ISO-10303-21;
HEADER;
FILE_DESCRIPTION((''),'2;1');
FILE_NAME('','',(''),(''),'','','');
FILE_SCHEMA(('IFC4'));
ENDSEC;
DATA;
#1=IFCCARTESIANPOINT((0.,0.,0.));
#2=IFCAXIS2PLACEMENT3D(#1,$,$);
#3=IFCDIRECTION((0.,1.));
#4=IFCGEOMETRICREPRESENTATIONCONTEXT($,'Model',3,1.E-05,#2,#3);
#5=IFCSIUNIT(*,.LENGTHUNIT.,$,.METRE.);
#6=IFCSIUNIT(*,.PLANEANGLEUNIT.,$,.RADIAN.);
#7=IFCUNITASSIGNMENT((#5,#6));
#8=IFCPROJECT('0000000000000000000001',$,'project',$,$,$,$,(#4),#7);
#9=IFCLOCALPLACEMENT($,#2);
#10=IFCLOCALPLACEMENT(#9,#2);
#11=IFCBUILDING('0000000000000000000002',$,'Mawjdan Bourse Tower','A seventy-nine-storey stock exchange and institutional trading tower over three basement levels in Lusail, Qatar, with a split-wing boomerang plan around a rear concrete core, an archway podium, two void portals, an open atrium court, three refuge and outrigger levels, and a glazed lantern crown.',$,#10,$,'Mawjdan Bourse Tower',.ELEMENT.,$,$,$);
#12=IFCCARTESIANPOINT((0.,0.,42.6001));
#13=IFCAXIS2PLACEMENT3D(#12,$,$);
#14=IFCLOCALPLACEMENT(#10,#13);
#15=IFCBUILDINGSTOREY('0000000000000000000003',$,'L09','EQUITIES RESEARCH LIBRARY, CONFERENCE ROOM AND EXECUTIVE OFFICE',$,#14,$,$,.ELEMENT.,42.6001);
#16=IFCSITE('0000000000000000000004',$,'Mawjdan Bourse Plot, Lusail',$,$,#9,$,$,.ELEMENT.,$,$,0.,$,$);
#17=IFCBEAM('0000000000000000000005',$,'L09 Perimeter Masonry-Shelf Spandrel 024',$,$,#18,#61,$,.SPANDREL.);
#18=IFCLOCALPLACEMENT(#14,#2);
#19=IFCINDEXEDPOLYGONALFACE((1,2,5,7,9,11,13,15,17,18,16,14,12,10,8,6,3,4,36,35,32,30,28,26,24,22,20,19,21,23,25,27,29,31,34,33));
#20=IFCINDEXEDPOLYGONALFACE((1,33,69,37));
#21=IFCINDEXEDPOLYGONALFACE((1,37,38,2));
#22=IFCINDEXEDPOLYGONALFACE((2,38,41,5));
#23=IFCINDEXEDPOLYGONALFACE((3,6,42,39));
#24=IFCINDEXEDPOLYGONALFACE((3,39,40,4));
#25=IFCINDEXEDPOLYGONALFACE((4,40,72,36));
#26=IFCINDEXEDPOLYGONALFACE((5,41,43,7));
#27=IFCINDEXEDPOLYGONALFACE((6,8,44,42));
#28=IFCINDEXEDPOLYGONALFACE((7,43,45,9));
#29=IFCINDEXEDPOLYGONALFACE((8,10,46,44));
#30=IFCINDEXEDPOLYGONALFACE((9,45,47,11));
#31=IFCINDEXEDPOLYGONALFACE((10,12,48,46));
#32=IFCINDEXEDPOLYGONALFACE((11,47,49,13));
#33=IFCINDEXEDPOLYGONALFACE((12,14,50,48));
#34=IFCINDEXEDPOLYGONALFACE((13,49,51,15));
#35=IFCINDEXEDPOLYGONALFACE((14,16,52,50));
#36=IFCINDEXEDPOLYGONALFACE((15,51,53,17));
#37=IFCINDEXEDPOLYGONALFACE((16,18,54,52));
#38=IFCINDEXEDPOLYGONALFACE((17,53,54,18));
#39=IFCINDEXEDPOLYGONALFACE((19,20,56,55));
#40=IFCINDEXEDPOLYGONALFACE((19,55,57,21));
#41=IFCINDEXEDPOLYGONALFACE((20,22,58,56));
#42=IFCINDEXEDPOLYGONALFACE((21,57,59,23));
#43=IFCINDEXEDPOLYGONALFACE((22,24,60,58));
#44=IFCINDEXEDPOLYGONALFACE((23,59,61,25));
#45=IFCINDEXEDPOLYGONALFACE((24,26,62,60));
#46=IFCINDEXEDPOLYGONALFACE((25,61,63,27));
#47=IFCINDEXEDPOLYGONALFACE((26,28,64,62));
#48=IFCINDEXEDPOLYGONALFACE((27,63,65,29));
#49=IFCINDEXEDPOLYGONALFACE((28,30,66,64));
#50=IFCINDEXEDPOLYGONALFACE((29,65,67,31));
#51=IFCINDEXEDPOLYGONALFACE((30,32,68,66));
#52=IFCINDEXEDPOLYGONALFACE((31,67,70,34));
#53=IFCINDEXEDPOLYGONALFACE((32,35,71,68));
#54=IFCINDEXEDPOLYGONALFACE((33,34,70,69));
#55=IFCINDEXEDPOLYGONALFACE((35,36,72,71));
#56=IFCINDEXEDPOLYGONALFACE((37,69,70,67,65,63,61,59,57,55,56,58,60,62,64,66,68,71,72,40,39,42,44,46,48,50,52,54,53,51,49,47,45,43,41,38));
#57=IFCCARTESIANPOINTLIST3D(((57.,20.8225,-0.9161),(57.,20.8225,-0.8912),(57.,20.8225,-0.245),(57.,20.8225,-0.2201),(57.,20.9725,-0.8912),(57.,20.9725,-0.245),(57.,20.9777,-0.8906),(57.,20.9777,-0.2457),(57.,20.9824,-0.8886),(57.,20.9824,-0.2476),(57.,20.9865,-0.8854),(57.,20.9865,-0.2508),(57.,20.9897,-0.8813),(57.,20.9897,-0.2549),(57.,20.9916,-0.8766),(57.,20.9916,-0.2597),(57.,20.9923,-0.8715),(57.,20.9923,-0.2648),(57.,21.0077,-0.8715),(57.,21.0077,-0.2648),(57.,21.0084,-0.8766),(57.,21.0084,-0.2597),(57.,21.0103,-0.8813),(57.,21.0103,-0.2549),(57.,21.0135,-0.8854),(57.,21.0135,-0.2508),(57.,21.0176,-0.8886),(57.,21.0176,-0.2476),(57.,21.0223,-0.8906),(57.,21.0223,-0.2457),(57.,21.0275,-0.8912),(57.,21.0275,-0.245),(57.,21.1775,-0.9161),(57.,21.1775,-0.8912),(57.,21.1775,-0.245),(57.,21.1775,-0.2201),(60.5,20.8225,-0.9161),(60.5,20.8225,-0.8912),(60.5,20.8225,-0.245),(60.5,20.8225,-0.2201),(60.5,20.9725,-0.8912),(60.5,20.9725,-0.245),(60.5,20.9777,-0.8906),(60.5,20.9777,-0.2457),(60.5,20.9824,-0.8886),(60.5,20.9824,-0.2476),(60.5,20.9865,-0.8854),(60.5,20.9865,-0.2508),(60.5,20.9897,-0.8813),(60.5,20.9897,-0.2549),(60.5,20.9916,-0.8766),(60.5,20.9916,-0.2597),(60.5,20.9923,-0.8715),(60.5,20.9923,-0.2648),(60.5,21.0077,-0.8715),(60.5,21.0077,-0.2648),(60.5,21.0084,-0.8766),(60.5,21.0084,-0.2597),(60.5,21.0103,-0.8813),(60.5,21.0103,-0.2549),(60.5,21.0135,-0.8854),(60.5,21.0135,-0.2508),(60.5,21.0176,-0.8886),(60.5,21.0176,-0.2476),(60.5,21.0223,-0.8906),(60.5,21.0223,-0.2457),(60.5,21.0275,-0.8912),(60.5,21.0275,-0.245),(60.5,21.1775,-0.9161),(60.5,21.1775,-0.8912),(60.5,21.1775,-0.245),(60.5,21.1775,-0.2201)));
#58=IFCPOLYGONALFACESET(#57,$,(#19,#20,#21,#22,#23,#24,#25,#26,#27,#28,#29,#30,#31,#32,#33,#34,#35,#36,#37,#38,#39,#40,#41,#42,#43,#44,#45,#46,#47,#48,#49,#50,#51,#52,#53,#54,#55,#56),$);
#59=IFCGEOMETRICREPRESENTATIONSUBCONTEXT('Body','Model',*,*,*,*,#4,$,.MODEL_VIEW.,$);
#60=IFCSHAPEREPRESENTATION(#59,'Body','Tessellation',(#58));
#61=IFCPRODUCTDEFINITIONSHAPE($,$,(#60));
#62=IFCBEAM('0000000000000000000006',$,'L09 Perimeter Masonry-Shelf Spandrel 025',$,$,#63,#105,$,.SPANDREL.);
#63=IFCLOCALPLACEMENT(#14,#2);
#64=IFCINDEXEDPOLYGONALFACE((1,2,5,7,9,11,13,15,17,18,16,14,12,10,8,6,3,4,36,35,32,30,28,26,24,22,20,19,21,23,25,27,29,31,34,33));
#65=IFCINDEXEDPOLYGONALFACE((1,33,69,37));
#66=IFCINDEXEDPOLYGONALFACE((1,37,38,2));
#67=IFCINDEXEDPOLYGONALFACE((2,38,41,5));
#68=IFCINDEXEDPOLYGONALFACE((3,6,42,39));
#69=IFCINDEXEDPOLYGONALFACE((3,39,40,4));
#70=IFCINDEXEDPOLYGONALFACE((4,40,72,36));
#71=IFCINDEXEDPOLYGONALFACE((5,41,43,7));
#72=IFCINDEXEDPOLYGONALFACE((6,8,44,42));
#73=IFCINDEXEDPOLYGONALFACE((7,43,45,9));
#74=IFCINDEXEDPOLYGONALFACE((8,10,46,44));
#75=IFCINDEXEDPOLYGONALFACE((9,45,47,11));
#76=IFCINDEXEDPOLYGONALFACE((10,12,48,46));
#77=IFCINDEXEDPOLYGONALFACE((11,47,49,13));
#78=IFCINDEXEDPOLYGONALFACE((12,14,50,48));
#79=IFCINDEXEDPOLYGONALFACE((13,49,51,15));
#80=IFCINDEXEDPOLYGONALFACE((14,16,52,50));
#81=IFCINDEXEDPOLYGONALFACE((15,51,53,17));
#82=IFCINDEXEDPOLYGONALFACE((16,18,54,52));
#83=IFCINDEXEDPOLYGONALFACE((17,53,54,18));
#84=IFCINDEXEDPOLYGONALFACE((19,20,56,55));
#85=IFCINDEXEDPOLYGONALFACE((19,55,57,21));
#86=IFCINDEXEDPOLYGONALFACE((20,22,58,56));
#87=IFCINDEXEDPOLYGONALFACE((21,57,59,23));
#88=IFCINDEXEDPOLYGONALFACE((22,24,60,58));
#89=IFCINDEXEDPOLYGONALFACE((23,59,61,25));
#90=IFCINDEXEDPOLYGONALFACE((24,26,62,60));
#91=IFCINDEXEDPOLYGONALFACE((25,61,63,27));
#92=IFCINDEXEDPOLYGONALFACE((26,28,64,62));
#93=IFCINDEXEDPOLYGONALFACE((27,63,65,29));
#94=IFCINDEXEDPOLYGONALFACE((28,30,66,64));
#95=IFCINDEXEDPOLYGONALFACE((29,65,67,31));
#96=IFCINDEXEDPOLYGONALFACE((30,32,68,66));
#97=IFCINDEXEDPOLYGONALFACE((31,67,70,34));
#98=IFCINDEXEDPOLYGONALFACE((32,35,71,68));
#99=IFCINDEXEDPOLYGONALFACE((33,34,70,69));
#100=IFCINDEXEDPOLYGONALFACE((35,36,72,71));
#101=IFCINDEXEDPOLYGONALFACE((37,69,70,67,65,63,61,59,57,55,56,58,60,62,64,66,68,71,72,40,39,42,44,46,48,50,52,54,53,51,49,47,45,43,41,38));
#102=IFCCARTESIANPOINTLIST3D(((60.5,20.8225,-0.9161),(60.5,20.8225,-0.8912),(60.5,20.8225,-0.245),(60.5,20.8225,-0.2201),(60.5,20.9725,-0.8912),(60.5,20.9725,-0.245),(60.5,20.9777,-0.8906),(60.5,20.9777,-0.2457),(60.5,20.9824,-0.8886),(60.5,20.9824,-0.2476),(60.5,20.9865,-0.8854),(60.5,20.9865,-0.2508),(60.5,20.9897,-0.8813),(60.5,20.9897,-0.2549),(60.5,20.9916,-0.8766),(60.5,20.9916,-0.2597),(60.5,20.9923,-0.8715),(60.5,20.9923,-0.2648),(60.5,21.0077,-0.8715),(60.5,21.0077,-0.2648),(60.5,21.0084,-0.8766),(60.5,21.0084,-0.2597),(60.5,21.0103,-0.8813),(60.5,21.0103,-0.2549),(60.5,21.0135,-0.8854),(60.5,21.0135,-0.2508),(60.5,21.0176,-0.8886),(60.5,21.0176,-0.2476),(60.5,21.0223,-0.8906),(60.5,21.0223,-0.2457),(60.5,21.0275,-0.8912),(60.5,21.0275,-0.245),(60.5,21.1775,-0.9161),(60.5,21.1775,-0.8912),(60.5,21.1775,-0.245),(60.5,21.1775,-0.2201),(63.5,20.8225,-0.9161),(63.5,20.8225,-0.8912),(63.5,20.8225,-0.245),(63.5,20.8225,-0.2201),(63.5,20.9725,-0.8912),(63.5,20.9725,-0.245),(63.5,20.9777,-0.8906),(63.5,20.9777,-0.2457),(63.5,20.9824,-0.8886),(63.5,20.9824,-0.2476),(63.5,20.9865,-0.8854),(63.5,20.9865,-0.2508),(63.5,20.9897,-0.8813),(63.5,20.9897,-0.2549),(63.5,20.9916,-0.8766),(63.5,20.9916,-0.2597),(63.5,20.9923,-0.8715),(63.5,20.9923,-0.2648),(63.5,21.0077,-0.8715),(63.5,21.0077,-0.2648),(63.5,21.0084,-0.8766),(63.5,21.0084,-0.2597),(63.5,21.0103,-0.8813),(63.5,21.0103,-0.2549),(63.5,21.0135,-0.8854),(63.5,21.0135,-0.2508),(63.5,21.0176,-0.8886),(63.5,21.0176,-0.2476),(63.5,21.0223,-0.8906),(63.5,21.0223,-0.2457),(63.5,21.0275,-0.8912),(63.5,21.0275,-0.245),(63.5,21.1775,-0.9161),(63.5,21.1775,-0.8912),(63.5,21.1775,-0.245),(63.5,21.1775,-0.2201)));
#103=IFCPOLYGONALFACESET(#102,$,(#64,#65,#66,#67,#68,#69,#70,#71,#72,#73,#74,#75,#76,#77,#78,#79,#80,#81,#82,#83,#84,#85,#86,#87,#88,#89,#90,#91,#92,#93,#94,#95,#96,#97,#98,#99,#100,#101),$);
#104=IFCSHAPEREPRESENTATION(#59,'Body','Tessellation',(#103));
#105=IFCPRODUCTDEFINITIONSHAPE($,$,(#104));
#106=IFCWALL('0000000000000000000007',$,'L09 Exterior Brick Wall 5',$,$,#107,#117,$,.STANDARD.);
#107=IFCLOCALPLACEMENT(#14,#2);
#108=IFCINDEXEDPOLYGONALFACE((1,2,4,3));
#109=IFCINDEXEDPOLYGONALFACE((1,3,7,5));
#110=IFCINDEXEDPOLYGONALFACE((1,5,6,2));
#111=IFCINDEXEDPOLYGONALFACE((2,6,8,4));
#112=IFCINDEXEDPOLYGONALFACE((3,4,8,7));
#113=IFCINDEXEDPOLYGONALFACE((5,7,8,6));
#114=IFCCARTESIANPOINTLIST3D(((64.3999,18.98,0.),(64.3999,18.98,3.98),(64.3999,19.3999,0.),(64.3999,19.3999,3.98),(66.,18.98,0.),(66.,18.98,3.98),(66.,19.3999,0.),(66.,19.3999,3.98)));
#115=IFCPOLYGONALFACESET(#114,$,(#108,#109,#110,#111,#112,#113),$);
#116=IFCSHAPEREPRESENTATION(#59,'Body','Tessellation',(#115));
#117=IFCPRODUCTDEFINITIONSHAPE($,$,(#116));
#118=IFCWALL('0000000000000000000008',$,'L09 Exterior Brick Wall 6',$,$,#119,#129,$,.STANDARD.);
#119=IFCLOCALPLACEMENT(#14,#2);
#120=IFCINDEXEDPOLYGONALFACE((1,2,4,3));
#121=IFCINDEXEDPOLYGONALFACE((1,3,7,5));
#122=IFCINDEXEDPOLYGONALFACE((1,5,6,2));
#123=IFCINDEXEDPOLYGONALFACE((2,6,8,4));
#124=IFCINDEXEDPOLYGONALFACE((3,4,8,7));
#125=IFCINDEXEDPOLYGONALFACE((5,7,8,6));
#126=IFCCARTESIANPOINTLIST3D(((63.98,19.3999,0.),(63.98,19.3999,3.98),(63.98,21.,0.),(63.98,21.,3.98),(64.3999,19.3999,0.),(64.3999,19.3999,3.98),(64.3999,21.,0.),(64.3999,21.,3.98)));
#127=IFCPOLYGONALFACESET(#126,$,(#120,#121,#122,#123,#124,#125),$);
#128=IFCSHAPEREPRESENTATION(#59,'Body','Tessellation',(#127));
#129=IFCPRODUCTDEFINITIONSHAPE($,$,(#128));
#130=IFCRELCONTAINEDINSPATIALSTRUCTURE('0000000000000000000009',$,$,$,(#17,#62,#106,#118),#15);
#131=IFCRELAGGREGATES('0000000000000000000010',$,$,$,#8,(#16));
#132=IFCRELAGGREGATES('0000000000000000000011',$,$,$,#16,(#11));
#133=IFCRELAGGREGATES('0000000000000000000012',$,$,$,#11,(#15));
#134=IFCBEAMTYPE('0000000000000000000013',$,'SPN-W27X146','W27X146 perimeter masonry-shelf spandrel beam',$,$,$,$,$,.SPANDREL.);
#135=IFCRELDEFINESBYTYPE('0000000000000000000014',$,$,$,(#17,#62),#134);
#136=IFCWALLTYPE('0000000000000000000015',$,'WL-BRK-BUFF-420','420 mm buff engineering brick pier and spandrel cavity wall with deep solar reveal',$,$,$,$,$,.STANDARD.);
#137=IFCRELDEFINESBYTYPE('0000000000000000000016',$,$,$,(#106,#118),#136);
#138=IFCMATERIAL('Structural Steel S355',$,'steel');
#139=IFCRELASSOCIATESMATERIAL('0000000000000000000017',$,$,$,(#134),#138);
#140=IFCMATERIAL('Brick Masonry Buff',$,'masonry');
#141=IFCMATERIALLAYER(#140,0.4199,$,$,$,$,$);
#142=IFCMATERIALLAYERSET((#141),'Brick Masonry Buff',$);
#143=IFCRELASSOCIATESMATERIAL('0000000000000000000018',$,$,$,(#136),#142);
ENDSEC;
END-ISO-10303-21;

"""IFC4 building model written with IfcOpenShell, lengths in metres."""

from ifc_helpers import new_model, si_unit, direction, frame, frame_2d, origin, origin_2d, place, context, subcontext, project, spatial, rectangle, i_section, extrude, material, layer, layer_set, material_profile, profile_set, type_object, element, save


model = new_model("IFC4")

# Units and contexts
model_context = context("Model", 3, precision=1e-05, world=origin(), true_north=direction((0.0, 1.0)))
body_context = subcontext(model_context, "Body", "Model", "MODEL_VIEW")
ifc_project = project(units=[si_unit("LENGTHUNIT", "METRE"), si_unit("PLANEANGLEUNIT", "RADIAN")], contexts=[model_context])

# Site, building, storey
site_placement = place(None, origin())
site = spatial("IfcSite", under=ifc_project, at=site_placement, Name="Mawjdan Bourse Plot, Lusail", CompositionType="ELEMENT", RefElevation=0.0)
building_placement = place(site_placement, origin())
building = spatial("IfcBuilding", under=site, at=building_placement, Name="Mawjdan Bourse Tower", Description="A seventy-nine-storey stock exchange and institutional trading tower over three basement levels in Lusail, Qatar, with a split-wing boomerang plan around a rear concrete core, an archway podium, two void portals, an open atrium court, three refuge and outrigger levels, and a glazed lantern crown.", LongName="Mawjdan Bourse Tower", CompositionType="ELEMENT")
storey_placement = place(building_placement, frame((0.0, 0.0, 42.6001)))
storey = spatial("IfcBuildingStorey", under=building, at=storey_placement, Name="L09", Description="EQUITIES RESEARCH LIBRARY, CONFERENCE ROOM AND EXECUTIVE OFFICE", CompositionType="ELEMENT", Elevation=42.6001)

# Beams
ifc_material_1 = material(Name="Structural Steel S355", Category="steel")
ifc_material_profile_1 = material_profile(ifc_material_1, i_section(OverallWidth=0.355, OverallDepth=0.696, WebThickness=0.0154, FlangeThickness=0.0249, FilletRadius=0.0198, at=origin_2d()), Name="W27X146")
ifc_profile_set_1 = profile_set([ifc_material_profile_1], Name="Structural Steel S355")
beam_type_1 = type_object("IfcBeamType", Name="SPN-W27X146", Description="W27X146 perimeter masonry-shelf spandrel beam", PredefinedType="SPANDREL", material=ifc_profile_set_1)
beam_1_placement = place(storey_placement, frame((57.0, 21.0, -0.5681), z_axis=(1.0, 0.0, 0.0), x_axis=(0.0, 1.0, 0.0)))
element("IfcBeam", 1, at=beam_1_placement, inside=storey, type_object=beam_type_1, Name="L09 Perimeter Masonry-Shelf Spandrel 024", PredefinedType="SPANDREL", context=body_context, shape_type="SweptSolid", body=[
    extrude(i_section(OverallWidth=0.355, OverallDepth=0.696, WebThickness=0.0154, FlangeThickness=0.0249, FilletRadius=0.0198, at=origin_2d()), origin(), (0.0, 0.0, 1.0), 3.5),
])
beam_2_placement = place(storey_placement, frame((60.5, 21.0, -0.5681), z_axis=(1.0, 0.0, 0.0), x_axis=(0.0, 1.0, 0.0)))
element("IfcBeam", 2, at=beam_2_placement, inside=storey, type_object=beam_type_1, Name="L09 Perimeter Masonry-Shelf Spandrel 025", PredefinedType="SPANDREL", context=body_context, shape_type="SweptSolid", body=[
    extrude(i_section(OverallWidth=0.355, OverallDepth=0.696, WebThickness=0.0154, FlangeThickness=0.0249, FilletRadius=0.0198, at=origin_2d()), origin(), (0.0, 0.0, 1.0), 3.0),
])

# Walls
ifc_material_2 = material(Name="Brick Masonry Buff", Category="masonry")
ifc_layer_1 = layer(ifc_material_2, 0.4199)
ifc_layer_set_1 = layer_set([ifc_layer_1], Name="Brick Masonry Buff")
wall_type_1 = type_object("IfcWallType", Name="WL-BRK-BUFF-420", Description="420 mm buff engineering brick pier and spandrel cavity wall with deep solar reveal", PredefinedType="STANDARD", material=ifc_layer_set_1)
for number, where, z_axis, x_axis, name in (
    (3, (66.0, 19.1899, 0.0), (0.0, 0.0, 1.0), (-1.0, 0.0, 0.0), "L09 Exterior Brick Wall 5"),
    (4, (64.1899, 19.3999, 0.0), (0.0, 0.0, 1.0), (0.0, 1.0, 0.0), "L09 Exterior Brick Wall 6"),
):
    element("IfcWall", number, at=place(storey_placement, frame(where, z_axis=z_axis, x_axis=x_axis)), inside=storey, type_object=wall_type_1, Name=name, PredefinedType="STANDARD", context=body_context, shape_type="SweptSolid", body=[
        extrude(rectangle(XDim=1.6001, YDim=0.4199, at=frame_2d((0.8, 0.0))), origin(), (0.0, 0.0, 1.0), 3.98),
    ])

save(model, "model.ifc")
